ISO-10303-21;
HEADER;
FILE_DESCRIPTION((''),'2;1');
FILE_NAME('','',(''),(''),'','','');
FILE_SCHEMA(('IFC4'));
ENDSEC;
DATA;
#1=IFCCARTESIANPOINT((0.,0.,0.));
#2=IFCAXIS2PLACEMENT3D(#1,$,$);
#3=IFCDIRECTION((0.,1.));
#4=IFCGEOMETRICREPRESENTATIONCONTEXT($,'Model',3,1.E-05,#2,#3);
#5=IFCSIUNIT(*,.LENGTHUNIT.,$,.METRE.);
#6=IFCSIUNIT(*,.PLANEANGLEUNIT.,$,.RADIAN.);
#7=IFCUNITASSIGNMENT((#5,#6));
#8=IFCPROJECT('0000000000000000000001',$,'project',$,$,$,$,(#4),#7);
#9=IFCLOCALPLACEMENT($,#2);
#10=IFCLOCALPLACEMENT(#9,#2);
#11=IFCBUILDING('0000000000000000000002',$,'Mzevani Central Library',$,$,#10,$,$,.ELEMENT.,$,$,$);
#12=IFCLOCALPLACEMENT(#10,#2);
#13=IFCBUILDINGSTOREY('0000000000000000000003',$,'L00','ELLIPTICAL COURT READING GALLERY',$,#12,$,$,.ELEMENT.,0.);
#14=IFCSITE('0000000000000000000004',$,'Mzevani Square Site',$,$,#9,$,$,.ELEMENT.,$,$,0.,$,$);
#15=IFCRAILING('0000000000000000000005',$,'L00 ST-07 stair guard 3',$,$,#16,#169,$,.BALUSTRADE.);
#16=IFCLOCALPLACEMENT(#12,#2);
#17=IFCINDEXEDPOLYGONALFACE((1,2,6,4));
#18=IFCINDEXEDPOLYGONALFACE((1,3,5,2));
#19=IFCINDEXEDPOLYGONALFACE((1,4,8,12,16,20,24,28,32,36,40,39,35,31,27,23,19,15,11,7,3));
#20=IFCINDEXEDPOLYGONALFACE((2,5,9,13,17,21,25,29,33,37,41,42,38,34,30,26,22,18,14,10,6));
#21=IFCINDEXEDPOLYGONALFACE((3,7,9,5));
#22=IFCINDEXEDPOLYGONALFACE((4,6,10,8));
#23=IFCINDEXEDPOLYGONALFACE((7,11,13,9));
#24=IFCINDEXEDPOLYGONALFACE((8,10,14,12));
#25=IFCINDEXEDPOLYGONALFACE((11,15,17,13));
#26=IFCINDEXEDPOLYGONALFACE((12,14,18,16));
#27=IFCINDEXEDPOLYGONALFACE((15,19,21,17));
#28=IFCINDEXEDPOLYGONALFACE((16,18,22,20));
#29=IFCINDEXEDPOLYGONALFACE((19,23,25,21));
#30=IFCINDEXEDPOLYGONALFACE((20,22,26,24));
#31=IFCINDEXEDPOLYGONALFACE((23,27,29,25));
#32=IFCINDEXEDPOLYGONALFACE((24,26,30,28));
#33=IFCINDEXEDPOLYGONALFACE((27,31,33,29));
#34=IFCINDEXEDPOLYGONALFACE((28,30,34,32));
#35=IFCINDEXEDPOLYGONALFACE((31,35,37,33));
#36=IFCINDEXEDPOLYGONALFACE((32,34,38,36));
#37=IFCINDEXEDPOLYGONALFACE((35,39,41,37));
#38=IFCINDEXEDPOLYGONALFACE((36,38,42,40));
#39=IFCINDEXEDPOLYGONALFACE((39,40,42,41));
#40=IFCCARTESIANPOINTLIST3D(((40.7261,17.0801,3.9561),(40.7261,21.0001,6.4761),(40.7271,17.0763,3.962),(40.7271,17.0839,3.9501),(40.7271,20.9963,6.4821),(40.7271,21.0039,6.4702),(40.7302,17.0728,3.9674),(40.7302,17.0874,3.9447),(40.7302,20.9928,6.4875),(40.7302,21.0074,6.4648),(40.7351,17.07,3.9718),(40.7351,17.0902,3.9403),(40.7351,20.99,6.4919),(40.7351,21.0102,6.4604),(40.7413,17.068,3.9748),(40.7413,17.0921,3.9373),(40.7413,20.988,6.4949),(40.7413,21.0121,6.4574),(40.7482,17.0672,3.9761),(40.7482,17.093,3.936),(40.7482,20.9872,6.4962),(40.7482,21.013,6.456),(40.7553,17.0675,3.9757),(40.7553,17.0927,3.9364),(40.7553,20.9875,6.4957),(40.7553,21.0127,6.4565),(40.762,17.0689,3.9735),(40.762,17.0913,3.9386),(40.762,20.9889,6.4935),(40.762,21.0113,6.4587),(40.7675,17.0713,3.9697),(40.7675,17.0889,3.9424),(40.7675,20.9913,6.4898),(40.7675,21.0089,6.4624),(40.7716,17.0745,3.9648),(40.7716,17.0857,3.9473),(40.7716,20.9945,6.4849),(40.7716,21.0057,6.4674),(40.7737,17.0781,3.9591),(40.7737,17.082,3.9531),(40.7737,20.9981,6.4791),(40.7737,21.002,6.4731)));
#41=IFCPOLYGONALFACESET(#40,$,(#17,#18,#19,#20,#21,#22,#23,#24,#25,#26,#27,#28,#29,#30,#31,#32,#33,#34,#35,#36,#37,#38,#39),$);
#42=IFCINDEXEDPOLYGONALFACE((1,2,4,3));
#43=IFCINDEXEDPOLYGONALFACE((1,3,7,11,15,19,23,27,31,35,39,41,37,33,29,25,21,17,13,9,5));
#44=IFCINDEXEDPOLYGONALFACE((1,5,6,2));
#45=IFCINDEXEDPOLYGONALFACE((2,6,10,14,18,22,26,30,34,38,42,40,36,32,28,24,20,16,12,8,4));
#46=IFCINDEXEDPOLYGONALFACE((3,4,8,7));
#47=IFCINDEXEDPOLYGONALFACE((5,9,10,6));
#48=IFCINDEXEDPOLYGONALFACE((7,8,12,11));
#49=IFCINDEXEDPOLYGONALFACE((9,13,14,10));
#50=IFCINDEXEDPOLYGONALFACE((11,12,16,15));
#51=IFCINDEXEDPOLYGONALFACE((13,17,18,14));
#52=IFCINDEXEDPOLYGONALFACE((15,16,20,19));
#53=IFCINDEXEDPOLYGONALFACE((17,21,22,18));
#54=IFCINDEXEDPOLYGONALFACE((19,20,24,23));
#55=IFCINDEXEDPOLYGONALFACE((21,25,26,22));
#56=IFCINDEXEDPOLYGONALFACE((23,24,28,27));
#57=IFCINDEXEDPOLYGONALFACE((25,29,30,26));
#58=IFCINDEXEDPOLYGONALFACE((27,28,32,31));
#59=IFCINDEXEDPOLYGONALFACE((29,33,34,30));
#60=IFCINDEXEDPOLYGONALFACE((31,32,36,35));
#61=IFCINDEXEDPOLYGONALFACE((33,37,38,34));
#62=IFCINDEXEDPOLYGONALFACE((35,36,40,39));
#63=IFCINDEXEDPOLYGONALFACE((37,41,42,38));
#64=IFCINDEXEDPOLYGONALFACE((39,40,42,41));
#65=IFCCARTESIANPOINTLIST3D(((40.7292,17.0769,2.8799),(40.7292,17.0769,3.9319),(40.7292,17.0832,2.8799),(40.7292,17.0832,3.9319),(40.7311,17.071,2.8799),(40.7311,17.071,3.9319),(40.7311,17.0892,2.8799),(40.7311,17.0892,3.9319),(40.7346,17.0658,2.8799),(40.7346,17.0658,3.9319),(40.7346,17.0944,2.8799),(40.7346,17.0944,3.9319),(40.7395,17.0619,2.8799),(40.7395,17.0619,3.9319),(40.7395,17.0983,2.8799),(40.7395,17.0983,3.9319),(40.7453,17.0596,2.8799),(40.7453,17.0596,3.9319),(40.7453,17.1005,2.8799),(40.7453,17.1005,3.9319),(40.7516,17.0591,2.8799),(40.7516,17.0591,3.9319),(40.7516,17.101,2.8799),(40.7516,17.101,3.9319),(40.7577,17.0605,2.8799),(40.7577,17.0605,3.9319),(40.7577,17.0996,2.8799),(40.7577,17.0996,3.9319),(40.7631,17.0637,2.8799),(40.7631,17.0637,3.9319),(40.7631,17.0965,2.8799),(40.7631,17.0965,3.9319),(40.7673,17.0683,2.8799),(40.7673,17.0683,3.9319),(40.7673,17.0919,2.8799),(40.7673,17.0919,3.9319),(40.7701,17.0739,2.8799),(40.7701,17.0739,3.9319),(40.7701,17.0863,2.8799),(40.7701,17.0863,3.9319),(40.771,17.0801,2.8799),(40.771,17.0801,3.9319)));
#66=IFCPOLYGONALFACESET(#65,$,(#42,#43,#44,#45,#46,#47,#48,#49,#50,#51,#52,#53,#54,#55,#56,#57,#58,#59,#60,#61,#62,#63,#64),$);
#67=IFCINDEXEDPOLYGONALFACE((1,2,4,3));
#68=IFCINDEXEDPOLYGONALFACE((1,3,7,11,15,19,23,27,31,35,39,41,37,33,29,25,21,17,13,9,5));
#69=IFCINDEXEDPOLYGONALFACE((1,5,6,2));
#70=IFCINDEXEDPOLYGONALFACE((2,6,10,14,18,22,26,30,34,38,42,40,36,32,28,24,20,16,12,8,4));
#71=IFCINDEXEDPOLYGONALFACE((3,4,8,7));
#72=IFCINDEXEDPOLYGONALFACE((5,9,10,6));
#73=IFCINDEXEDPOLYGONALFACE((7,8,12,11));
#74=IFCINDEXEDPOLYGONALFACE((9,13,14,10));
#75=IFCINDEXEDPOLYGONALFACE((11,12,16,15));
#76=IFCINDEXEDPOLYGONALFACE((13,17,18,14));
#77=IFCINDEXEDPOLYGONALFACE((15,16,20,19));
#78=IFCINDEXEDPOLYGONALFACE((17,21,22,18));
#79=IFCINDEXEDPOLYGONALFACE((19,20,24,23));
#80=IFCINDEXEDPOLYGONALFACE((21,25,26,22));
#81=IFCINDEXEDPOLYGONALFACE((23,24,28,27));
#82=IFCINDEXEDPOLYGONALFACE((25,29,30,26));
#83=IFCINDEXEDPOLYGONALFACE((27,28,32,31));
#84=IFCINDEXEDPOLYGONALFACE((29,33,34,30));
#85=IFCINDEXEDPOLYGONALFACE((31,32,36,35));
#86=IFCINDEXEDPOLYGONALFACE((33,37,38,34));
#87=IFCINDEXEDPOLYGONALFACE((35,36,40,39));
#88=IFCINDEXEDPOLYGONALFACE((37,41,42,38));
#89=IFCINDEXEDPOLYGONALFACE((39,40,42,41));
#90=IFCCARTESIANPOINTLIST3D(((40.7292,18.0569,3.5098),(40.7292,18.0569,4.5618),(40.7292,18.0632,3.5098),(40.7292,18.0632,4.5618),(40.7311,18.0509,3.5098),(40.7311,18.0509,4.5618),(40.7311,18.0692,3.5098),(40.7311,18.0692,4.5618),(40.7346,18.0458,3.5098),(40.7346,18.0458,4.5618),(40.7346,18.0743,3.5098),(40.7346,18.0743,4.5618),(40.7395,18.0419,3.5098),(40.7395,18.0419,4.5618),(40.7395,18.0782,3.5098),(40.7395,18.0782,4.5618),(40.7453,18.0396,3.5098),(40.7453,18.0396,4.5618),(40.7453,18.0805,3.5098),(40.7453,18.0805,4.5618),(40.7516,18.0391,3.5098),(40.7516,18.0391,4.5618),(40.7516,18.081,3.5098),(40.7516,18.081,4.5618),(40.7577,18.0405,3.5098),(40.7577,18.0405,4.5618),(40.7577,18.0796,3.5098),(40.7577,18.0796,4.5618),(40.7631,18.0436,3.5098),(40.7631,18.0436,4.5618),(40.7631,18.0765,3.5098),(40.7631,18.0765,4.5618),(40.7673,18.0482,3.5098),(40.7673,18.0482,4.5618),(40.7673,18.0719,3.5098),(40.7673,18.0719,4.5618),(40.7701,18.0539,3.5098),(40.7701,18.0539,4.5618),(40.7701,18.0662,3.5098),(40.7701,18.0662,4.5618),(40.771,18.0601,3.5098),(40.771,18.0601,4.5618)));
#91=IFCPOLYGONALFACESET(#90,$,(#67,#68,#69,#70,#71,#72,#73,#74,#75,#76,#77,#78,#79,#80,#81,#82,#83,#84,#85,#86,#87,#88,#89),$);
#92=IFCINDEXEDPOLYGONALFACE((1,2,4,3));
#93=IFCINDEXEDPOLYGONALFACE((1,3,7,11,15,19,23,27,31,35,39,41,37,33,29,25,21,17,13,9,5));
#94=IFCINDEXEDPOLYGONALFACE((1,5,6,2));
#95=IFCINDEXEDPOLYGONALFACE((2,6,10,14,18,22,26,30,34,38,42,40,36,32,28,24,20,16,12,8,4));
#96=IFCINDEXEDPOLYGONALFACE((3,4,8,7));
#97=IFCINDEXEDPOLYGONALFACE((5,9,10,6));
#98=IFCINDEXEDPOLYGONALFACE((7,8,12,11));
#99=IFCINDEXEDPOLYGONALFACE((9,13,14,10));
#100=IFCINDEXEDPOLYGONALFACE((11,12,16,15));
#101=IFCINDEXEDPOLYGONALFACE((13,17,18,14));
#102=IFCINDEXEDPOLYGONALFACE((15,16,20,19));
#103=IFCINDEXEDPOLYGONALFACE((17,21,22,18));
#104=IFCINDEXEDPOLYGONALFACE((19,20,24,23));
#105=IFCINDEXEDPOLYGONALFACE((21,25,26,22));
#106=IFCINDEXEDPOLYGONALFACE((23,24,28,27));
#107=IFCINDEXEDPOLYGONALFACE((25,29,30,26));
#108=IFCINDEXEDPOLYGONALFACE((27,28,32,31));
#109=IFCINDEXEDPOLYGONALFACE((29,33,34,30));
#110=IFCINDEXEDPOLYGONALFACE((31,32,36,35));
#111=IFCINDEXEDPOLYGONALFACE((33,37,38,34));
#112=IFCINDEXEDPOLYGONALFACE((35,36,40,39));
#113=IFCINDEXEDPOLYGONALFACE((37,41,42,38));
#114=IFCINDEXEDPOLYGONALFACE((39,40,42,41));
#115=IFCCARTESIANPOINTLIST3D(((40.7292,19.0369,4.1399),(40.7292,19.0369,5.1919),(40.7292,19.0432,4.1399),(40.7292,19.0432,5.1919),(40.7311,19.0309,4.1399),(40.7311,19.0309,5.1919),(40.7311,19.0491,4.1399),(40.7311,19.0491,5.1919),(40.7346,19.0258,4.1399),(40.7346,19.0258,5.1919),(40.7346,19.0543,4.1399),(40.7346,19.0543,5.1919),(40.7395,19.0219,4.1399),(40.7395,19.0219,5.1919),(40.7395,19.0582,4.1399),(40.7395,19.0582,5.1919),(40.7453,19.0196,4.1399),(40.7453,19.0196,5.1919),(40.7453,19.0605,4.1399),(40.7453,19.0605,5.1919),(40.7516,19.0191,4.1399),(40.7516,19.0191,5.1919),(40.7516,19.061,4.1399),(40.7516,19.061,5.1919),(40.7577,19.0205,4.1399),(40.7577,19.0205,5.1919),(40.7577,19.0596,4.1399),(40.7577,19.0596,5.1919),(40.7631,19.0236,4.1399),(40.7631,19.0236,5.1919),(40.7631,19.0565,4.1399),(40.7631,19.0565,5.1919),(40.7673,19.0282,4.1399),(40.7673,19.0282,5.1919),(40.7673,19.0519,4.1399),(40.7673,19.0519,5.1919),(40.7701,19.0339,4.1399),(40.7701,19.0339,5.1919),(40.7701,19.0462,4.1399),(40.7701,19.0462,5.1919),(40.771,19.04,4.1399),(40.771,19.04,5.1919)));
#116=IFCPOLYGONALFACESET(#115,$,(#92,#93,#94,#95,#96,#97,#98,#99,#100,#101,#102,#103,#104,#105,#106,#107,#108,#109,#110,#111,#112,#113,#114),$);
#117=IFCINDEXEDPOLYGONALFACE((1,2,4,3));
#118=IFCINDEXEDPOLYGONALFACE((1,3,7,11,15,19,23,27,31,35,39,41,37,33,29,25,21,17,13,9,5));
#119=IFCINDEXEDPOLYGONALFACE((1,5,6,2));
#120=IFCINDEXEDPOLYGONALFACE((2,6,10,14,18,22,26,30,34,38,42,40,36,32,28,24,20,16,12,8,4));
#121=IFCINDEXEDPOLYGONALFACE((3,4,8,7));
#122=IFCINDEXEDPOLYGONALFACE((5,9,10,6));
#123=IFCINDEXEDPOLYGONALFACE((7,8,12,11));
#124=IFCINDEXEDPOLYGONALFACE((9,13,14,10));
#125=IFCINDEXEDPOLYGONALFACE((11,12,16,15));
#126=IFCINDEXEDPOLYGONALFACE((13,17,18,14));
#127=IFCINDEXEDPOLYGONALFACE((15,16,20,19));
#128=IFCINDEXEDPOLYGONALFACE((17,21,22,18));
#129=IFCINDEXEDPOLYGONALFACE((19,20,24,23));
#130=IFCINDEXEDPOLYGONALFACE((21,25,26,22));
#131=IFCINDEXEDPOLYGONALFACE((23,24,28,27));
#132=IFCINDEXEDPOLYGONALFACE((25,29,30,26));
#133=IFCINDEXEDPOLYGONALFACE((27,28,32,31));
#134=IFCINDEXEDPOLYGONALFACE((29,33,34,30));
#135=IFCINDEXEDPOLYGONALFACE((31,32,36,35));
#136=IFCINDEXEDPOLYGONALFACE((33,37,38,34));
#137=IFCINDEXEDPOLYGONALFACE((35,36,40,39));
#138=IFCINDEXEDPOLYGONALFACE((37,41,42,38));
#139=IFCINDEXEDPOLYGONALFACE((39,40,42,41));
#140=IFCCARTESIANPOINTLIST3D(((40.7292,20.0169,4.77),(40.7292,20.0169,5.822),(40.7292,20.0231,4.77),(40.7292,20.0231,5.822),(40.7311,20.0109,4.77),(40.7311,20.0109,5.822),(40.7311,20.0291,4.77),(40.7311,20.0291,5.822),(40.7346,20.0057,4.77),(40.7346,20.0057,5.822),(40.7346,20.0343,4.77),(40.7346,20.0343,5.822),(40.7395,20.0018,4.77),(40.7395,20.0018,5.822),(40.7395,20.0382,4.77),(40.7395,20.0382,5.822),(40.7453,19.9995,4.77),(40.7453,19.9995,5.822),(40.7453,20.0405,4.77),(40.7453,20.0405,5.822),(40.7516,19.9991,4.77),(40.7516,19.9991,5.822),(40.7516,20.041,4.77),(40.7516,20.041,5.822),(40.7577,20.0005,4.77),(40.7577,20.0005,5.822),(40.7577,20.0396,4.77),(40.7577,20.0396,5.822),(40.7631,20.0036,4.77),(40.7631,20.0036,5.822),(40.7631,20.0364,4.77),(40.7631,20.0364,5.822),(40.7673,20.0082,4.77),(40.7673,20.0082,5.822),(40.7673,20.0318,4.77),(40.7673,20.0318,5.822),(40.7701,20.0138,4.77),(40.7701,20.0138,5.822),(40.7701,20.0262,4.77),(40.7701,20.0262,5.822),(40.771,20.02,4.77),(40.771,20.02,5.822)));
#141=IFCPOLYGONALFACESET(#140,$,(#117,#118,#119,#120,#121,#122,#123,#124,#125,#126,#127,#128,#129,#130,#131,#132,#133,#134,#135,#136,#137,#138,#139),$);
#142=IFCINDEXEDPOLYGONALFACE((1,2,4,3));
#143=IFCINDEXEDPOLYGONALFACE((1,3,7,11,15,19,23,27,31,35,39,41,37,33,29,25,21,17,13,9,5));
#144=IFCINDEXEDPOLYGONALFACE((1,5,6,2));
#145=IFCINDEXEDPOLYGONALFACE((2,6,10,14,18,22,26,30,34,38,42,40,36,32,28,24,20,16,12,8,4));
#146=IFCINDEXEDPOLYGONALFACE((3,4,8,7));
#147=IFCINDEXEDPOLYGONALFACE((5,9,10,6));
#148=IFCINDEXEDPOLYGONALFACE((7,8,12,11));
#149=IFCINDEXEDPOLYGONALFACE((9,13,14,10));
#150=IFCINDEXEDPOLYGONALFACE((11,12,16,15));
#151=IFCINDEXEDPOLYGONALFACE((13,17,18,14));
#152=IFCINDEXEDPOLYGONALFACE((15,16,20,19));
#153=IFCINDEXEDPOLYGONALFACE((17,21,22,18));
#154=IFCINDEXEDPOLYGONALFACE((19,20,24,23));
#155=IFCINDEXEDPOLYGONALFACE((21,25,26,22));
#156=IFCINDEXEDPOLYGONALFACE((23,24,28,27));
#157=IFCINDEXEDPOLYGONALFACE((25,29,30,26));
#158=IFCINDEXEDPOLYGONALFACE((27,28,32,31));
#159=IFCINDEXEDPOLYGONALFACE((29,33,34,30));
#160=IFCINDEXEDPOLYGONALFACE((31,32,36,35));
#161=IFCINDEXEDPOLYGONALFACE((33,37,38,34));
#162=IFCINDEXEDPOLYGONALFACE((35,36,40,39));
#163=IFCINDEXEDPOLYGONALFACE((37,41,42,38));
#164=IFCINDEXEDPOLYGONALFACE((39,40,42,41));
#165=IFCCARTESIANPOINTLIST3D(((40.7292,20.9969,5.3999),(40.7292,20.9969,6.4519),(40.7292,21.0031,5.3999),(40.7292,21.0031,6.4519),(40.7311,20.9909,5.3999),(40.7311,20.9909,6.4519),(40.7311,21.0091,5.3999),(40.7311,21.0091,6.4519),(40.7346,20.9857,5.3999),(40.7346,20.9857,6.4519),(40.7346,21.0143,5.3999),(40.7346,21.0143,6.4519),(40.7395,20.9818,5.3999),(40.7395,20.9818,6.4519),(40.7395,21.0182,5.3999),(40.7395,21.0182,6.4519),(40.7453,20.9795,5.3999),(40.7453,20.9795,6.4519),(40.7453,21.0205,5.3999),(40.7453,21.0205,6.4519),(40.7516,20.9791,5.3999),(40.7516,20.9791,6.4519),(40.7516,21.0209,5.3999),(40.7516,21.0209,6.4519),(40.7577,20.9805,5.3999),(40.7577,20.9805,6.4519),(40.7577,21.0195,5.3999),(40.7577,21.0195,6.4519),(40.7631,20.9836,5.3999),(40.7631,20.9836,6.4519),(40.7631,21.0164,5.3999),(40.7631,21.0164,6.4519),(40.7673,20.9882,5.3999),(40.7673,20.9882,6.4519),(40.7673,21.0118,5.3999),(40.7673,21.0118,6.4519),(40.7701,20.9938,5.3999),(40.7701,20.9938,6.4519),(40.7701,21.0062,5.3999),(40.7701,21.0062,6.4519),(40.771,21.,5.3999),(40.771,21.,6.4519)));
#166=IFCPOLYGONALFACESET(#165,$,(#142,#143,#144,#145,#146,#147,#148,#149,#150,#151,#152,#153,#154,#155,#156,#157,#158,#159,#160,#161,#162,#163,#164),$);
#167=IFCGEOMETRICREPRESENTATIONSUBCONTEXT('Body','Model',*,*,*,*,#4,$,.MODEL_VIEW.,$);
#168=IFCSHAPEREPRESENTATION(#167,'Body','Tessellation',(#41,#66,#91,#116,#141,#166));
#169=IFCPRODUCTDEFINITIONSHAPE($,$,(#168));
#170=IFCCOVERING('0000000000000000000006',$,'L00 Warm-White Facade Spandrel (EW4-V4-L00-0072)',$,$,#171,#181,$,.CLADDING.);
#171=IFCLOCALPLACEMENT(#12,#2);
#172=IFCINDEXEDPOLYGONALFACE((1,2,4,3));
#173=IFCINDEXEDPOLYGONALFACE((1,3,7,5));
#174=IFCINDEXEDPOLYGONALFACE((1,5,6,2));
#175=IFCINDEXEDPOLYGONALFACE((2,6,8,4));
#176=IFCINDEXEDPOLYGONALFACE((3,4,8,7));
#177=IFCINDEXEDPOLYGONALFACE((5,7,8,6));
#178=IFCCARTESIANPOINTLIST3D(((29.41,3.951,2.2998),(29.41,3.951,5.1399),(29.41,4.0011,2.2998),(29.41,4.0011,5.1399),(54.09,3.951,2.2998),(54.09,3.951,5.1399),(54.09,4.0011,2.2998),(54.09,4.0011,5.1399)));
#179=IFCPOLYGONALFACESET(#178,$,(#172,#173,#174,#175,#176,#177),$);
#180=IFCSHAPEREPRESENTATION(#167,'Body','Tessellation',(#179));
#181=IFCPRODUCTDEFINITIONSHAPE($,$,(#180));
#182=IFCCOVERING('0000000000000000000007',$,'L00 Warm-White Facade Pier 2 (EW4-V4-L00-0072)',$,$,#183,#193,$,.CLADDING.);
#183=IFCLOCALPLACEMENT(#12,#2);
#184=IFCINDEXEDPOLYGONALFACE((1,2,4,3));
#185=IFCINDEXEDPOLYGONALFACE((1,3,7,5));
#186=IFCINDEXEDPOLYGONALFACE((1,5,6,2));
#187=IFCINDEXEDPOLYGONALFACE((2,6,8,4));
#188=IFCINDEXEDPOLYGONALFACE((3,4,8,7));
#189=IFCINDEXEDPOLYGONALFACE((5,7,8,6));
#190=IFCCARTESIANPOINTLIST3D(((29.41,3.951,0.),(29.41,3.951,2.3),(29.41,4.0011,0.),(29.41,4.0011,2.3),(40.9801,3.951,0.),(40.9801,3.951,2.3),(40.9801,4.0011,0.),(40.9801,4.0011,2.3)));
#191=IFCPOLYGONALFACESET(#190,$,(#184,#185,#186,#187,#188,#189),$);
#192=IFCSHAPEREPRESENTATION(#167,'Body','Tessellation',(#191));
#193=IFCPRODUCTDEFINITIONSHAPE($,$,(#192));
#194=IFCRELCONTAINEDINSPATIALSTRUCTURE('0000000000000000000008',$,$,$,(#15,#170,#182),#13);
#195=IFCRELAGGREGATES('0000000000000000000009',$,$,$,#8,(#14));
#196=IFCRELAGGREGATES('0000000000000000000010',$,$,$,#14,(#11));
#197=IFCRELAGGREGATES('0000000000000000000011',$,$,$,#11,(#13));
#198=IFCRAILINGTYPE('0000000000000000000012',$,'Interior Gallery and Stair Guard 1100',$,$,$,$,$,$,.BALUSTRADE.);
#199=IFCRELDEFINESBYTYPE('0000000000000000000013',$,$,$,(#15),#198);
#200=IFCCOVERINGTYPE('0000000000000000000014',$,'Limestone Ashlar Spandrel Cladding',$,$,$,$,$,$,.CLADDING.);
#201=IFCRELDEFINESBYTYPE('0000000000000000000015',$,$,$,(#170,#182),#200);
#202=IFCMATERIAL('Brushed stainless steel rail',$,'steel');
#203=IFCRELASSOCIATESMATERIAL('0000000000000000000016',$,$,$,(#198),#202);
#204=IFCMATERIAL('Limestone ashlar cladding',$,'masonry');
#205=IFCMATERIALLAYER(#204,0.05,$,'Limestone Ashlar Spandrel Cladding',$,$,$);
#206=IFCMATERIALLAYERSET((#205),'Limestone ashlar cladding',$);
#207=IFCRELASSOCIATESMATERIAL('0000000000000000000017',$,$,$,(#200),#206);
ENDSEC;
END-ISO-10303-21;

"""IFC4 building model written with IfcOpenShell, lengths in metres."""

from ifc_helpers import new_model, si_unit, direction, frame, origin, origin_2d, place, context, subcontext, project, spatial, rectangle, circle, extrude, material, layer, layer_set, type_object, element, save


model = new_model("IFC4")

# Units and contexts
model_context = context("Model", 3, precision=1e-05, world=origin(), true_north=direction((0.0, 1.0)))
body_context = subcontext(model_context, "Body", "Model", "MODEL_VIEW")
ifc_project = project(units=[si_unit("LENGTHUNIT", "METRE"), si_unit("PLANEANGLEUNIT", "RADIAN")], contexts=[model_context])

# Site, building, storey
site_placement = place(None, origin())
site = spatial("IfcSite", under=ifc_project, at=site_placement, Name="Mzevani Square Site", CompositionType="ELEMENT", RefElevation=0.0)
building_placement = place(site_placement, origin())
building = spatial("IfcBuilding", under=site, at=building_placement, Name="Mzevani Central Library", CompositionType="ELEMENT")
storey_placement = place(building_placement, origin())
storey = spatial("IfcBuildingStorey", under=building, at=storey_placement, Name="L00", Description="ELLIPTICAL COURT READING GALLERY", CompositionType="ELEMENT", Elevation=0.0)

# Railing
ifc_material_1 = material(Name="Brushed stainless steel rail", Category="steel")
railing_type_1 = type_object("IfcRailingType", Name="Interior Gallery and Stair Guard 1100", PredefinedType="BALUSTRADE", material=ifc_material_1)
railing_1_placement = place(storey_placement, frame((40.75, 17.0801, 2.8799)))
element("IfcRailing", 1, at=railing_1_placement, inside=storey, type_object=railing_type_1, Name="L00 ST-07 stair guard 3", PredefinedType="BALUSTRADE", context=body_context, shape_type="SweptSolid", body=[
    extrude(circle(Radius=0.0239, at=origin_2d()), frame((0.0, 0.0, 1.0762), z_axis=(0.0, 0.841172, 0.540768), x_axis=(-1.0, 0.0, 0.0)), (0.0, 0.0, 1.0), 4.6602),
    extrude(circle(Radius=0.021, at=origin_2d()), origin(), (0.0, 0.0, 1.0), 1.052),
    extrude(circle(Radius=0.021, at=origin_2d()), frame((0.0, 0.98, 0.6299)), (0.0, 0.0, 1.0), 1.052),
    extrude(circle(Radius=0.021, at=origin_2d()), frame((0.0, 1.96, 1.26)), (0.0, 0.0, 1.0), 1.052),
    extrude(circle(Radius=0.021, at=origin_2d()), frame((0.0, 2.9399, 1.8901)), (0.0, 0.0, 1.0), 1.052),
    extrude(circle(Radius=0.021, at=origin_2d()), frame((0.0, 3.9199, 2.52)), (0.0, 0.0, 1.0), 1.052),
])

# Coverings
ifc_material_2 = material(Name="Limestone ashlar cladding", Category="masonry")
ifc_layer_1 = layer(ifc_material_2, 0.05, Name="Limestone Ashlar Spandrel Cladding")
ifc_layer_set_1 = layer_set([ifc_layer_1], Name="Limestone ashlar cladding")
covering_type_1 = type_object("IfcCoveringType", Name="Limestone Ashlar Spandrel Cladding", PredefinedType="CLADDING", material=ifc_layer_set_1)
covering_1_placement = place(storey_placement, frame((41.75, 3.9761, 2.2998), z_axis=(0.0, 0.0, 1.0), x_axis=(-1.0, 0.0, 0.0)))
element("IfcCovering", 2, at=covering_1_placement, inside=storey, type_object=covering_type_1, Name="L00 Warm-White Facade Spandrel (EW4-V4-L00-0072)", PredefinedType="CLADDING", context=body_context, shape_type="SweptSolid", body=[
    extrude(rectangle(XDim=24.6799, YDim=0.05, at=origin_2d()), origin(), (0.0, 0.0, 1.0), 2.8401),
])
covering_2_placement = place(storey_placement, frame((35.1951, 3.9761, 0.0), z_axis=(0.0, 0.0, 1.0), x_axis=(-1.0, 0.0, 0.0)))
element("IfcCovering", 3, at=covering_2_placement, inside=storey, type_object=covering_type_1, Name="L00 Warm-White Facade Pier 2 (EW4-V4-L00-0072)", PredefinedType="CLADDING", context=body_context, shape_type="SweptSolid", body=[
    extrude(rectangle(XDim=11.5701, YDim=0.05, at=origin_2d()), origin(), (0.0, 0.0, 1.0), 2.3),
])

save(model, "model.ifc")
